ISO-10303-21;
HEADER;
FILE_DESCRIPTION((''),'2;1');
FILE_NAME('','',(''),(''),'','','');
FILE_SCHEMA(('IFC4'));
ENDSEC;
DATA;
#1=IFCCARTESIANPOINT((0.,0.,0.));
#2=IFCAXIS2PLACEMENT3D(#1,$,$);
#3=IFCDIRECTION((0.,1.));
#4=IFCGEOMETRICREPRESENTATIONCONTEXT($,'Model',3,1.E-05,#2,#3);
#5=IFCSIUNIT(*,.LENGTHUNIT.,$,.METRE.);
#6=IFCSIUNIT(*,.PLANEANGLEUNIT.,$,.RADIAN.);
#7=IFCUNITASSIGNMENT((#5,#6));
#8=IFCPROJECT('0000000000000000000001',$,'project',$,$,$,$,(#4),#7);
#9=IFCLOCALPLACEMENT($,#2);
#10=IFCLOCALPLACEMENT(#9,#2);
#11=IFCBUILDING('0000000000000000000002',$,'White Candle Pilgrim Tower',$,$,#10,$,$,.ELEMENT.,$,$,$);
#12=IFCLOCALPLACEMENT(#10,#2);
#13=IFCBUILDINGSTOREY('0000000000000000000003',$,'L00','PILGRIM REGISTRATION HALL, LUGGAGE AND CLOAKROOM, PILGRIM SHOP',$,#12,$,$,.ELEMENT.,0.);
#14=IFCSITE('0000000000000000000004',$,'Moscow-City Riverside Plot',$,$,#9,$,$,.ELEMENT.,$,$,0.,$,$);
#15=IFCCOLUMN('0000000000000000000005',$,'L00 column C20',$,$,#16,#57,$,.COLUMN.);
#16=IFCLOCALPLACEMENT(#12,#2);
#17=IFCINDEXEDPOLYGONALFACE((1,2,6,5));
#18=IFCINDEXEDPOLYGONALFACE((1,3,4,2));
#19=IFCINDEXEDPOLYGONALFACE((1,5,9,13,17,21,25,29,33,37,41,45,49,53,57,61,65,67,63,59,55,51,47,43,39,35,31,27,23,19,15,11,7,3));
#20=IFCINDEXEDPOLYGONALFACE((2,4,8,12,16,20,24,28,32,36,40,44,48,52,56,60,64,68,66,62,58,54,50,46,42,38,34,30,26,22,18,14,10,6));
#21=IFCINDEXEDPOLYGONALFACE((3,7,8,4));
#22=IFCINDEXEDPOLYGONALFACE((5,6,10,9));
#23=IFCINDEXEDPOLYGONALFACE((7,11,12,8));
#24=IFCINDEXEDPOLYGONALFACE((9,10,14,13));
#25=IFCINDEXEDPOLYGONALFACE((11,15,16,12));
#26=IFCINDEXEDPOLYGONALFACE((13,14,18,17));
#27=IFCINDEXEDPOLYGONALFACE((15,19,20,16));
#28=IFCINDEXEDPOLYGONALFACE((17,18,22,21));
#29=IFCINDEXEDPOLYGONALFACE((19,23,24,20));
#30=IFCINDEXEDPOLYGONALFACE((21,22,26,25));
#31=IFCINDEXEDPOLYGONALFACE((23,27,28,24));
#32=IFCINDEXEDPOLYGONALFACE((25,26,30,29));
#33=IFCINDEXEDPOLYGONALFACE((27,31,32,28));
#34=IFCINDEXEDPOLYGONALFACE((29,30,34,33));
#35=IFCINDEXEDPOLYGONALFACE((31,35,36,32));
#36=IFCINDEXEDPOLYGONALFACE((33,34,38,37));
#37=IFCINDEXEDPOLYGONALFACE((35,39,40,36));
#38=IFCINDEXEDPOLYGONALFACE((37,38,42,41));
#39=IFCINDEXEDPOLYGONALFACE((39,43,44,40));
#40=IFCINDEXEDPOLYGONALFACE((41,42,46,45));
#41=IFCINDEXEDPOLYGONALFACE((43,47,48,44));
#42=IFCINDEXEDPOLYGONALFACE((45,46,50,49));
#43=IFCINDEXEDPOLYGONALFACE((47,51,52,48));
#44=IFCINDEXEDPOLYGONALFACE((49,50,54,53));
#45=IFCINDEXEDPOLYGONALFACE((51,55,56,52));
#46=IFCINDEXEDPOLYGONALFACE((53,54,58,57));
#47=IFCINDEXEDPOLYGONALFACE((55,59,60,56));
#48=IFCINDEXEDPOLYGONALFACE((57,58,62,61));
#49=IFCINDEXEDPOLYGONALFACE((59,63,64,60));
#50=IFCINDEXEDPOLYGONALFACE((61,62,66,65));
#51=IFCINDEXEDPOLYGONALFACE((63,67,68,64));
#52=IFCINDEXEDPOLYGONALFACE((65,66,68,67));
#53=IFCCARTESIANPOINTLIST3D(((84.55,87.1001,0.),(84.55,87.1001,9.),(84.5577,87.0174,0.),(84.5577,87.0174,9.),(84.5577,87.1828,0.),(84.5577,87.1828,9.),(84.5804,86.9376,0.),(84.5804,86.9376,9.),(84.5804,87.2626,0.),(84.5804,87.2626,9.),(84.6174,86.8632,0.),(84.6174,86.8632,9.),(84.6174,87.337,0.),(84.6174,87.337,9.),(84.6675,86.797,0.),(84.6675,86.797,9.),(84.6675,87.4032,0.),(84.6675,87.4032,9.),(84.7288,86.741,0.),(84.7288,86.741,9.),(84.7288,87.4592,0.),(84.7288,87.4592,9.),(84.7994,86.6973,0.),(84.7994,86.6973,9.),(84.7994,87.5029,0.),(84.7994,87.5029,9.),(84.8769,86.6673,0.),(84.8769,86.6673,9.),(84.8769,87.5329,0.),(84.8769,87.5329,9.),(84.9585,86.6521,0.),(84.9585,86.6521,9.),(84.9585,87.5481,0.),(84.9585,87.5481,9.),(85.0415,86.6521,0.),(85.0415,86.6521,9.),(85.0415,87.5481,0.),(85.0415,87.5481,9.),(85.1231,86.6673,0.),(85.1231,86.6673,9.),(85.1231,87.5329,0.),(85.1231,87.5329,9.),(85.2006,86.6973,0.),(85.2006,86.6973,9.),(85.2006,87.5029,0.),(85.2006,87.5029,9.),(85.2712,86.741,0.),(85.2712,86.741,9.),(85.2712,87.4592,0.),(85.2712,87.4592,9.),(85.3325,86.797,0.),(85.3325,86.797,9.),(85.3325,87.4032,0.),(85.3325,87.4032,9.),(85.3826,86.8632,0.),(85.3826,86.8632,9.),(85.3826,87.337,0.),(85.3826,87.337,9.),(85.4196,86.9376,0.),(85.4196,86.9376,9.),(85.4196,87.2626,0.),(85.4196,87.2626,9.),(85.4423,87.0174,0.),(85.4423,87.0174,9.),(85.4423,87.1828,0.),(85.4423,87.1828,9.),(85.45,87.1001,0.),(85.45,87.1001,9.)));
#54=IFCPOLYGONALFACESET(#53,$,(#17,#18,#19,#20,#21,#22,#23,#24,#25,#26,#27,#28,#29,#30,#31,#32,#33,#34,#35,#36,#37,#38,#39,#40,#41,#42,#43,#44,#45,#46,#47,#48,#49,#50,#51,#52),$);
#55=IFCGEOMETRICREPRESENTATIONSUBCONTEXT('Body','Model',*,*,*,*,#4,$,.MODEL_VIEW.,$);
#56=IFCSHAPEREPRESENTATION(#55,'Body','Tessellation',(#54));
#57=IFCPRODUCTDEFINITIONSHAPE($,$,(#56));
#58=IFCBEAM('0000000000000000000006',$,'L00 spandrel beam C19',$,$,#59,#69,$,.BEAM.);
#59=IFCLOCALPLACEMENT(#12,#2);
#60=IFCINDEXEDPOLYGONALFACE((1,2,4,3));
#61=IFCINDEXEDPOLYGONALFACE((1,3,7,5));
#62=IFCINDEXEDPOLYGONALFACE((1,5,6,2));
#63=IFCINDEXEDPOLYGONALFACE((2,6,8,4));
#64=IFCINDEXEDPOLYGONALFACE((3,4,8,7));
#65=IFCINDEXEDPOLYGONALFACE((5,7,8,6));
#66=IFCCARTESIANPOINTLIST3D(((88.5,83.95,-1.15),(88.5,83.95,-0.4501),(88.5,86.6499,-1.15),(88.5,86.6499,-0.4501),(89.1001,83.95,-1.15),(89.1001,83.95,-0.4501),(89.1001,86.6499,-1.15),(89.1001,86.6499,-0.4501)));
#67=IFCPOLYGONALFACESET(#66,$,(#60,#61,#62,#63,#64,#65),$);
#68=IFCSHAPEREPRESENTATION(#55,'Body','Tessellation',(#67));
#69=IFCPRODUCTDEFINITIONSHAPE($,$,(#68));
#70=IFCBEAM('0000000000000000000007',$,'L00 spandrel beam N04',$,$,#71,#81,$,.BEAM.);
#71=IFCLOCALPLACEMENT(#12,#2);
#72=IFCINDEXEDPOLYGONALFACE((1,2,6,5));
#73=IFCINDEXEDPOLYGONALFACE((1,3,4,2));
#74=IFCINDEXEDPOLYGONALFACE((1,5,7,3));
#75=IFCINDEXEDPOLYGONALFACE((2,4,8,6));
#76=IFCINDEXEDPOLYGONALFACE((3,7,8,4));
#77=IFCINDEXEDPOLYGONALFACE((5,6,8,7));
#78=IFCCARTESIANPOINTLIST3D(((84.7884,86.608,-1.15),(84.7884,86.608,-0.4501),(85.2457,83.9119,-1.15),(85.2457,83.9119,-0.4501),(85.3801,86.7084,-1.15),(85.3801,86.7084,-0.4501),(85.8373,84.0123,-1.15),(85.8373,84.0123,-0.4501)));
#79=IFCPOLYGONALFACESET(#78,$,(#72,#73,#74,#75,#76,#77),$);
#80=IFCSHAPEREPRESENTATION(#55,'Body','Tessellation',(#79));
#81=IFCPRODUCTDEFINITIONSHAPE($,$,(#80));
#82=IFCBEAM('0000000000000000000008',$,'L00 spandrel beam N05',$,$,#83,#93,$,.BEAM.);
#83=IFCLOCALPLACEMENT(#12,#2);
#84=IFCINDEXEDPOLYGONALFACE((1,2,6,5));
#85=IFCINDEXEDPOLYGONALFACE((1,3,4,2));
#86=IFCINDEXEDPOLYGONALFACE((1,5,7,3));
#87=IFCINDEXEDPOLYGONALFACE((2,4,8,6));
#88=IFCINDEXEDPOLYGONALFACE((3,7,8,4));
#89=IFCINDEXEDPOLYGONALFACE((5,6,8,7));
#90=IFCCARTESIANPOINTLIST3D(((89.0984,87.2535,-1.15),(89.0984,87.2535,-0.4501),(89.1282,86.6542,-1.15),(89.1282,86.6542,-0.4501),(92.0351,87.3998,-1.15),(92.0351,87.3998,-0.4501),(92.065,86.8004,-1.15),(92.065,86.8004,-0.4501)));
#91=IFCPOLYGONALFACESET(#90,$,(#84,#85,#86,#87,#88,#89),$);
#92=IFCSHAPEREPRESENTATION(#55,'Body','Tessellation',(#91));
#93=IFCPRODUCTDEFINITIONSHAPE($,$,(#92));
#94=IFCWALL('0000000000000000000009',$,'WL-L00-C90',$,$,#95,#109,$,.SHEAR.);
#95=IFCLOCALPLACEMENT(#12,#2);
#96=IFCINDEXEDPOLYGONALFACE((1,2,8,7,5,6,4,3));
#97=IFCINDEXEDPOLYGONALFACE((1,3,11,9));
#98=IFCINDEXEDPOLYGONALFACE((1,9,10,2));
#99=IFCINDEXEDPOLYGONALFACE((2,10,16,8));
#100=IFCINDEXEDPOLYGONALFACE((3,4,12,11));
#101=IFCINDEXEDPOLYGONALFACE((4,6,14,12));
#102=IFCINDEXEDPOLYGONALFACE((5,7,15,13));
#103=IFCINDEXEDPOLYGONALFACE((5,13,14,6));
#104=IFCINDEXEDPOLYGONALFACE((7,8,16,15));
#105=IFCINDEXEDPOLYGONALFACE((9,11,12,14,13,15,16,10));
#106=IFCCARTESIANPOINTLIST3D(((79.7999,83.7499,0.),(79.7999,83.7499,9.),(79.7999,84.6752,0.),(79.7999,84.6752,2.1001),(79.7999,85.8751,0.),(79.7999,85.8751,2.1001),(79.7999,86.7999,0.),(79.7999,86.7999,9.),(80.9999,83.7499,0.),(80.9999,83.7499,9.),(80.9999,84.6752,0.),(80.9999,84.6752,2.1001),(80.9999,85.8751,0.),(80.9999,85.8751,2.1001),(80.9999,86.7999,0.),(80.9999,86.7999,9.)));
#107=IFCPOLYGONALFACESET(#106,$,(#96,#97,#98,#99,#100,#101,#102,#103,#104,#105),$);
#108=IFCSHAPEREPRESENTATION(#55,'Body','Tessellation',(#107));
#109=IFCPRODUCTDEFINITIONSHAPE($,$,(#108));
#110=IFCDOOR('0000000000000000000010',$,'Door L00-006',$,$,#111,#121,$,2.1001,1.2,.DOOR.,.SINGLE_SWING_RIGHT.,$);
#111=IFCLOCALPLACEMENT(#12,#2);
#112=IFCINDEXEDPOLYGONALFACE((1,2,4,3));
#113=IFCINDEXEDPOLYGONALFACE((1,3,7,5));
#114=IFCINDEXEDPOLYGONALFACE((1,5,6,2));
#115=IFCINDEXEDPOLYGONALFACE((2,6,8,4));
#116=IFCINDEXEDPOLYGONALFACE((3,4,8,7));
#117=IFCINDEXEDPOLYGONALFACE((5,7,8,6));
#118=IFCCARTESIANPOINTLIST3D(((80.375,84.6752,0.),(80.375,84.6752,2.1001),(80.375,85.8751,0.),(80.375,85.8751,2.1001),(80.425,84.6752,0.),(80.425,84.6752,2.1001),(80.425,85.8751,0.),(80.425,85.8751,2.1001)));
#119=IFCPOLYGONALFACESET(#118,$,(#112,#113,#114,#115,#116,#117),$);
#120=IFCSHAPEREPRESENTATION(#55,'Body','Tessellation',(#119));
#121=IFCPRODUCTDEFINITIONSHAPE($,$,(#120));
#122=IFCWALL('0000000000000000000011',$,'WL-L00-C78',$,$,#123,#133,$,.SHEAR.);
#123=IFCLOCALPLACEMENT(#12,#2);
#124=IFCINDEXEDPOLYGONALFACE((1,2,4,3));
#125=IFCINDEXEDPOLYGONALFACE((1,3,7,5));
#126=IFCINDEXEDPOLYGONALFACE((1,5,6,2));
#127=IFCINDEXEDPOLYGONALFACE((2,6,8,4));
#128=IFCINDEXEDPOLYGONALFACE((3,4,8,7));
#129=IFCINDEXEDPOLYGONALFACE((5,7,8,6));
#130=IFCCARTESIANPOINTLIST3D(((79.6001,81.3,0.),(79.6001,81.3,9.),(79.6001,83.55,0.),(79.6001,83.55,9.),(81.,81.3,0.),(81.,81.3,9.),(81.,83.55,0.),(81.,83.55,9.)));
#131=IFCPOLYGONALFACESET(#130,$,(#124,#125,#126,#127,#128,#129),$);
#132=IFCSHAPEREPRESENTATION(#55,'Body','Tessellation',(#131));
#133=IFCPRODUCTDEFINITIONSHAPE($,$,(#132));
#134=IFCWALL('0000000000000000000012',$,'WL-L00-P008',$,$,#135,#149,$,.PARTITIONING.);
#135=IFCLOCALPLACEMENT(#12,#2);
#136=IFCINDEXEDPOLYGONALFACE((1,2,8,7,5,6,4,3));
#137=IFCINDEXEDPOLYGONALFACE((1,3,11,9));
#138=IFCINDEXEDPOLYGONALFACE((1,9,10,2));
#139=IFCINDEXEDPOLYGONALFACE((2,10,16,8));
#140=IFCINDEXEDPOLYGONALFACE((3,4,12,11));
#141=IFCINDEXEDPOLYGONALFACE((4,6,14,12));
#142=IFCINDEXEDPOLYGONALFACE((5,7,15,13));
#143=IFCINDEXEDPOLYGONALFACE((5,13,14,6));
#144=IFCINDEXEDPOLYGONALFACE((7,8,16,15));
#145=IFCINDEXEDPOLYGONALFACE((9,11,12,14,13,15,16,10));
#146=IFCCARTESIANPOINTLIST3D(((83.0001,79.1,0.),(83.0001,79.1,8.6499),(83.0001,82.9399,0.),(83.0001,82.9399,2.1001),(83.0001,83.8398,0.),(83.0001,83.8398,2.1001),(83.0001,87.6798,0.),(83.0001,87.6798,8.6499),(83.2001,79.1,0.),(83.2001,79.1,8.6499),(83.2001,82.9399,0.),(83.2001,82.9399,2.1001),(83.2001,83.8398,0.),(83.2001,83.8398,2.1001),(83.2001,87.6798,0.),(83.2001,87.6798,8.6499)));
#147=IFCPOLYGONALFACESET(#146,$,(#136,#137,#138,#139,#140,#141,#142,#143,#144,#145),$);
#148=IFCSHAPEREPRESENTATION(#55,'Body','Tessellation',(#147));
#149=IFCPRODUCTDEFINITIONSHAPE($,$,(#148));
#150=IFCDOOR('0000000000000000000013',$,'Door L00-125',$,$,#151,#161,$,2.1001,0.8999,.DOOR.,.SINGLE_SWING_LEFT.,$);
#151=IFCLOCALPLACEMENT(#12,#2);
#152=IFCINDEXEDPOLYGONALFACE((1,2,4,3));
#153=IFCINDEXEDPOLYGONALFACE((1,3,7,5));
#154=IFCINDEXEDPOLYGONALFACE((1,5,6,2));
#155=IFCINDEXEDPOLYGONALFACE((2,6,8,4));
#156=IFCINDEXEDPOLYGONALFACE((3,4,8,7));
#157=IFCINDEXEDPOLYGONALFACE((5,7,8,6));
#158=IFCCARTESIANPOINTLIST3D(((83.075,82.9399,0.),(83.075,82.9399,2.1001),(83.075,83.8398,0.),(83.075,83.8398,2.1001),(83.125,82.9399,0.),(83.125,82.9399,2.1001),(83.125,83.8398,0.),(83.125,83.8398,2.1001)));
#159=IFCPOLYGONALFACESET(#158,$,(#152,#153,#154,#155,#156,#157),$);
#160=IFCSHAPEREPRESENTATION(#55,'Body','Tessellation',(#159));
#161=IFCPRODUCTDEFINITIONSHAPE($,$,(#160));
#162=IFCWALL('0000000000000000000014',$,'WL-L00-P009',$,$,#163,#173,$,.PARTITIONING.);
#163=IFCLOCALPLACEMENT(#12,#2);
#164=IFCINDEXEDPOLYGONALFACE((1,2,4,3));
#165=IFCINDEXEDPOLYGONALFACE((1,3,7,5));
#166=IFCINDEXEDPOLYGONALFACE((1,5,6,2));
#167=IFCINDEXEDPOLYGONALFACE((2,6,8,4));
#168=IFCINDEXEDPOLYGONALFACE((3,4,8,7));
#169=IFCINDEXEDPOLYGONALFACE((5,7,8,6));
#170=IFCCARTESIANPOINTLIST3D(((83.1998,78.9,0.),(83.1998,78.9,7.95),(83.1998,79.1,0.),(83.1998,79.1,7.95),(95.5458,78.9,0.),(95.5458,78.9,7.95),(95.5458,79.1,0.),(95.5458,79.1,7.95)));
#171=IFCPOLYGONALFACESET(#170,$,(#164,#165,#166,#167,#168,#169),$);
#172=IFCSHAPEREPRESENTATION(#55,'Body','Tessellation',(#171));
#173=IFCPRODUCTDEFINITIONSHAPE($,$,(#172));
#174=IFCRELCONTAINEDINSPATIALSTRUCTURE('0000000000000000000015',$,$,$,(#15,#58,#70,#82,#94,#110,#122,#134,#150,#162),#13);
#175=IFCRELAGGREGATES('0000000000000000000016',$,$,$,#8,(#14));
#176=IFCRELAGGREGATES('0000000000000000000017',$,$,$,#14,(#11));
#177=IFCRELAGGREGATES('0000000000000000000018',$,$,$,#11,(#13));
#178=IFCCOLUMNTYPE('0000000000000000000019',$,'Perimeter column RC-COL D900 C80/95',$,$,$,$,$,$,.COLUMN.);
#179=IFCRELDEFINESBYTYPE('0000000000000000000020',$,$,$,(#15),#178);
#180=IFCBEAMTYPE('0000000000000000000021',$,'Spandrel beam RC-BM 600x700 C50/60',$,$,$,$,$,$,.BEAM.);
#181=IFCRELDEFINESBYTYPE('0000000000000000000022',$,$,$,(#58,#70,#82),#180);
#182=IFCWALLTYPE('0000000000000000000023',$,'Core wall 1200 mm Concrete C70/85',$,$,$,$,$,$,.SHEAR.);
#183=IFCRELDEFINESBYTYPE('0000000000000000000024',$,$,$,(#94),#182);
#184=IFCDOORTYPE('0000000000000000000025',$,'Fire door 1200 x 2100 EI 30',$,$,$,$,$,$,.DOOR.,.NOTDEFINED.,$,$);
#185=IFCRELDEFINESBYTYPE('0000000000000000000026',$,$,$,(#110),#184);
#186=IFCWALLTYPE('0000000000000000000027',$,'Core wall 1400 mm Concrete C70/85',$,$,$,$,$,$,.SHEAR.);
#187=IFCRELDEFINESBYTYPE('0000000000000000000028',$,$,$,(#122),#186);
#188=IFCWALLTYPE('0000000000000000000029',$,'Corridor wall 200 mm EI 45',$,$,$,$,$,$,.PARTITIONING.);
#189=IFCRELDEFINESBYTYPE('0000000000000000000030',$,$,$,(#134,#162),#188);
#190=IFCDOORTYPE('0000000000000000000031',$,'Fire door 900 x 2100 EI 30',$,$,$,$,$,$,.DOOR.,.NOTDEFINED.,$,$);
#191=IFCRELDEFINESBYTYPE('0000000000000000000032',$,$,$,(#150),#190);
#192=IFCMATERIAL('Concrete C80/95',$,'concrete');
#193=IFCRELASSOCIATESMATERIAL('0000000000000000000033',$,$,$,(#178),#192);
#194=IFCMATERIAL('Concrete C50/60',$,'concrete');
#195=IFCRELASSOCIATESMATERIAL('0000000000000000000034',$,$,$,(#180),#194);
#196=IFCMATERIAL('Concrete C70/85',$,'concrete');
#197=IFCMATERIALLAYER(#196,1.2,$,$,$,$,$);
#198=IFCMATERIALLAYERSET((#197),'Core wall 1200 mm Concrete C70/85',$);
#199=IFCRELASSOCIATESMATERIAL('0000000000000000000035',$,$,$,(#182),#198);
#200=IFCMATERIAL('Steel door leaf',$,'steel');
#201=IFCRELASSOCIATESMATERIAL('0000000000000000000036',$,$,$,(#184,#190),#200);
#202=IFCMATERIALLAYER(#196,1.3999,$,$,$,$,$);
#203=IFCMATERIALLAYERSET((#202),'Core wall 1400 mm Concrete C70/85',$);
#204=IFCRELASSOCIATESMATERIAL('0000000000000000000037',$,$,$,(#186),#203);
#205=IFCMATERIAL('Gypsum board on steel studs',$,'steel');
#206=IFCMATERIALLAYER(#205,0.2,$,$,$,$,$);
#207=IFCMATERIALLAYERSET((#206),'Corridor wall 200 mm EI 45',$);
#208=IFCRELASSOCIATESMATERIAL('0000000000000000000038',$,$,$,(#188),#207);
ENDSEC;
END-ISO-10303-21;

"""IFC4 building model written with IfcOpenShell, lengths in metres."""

from ifc_helpers import new_model, si_unit, direction, frame, frame_2d, origin, origin_2d, place, context, subcontext, project, spatial, rectangle, circle, extrude, material, layer, layer_set, material_profile, profile_set, type_object, element, fill, save


model = new_model("IFC4")

# Units and contexts
model_context = context("Model", 3, precision=1e-05, world=origin(), true_north=direction((0.0, 1.0)))
body_context = subcontext(model_context, "Body", "Model", "MODEL_VIEW")
ifc_project = project(units=[si_unit("LENGTHUNIT", "METRE"), si_unit("PLANEANGLEUNIT", "RADIAN")], contexts=[model_context])

# Site, building, storey
site_placement = place(None, origin())
site = spatial("IfcSite", under=ifc_project, at=site_placement, Name="Moscow-City Riverside Plot", CompositionType="ELEMENT", RefElevation=0.0)
building_placement = place(site_placement, origin())
building = spatial("IfcBuilding", under=site, at=building_placement, Name="White Candle Pilgrim Tower", CompositionType="ELEMENT")
storey_placement = place(building_placement, origin())
storey = spatial("IfcBuildingStorey", under=building, at=storey_placement, Name="L00", Description="PILGRIM REGISTRATION HALL, LUGGAGE AND CLOAKROOM, PILGRIM SHOP", CompositionType="ELEMENT", Elevation=0.0)

# Column
ifc_material_1 = material(Name="Concrete C80/95", Category="concrete")
ifc_material_profile_1 = material_profile(ifc_material_1, circle(Radius=0.45, at=origin_2d()), Name="RC-COL D900")
ifc_profile_set_1 = profile_set([ifc_material_profile_1], Name="Concrete C80/95")
column_type = type_object("IfcColumnType", Name="Perimeter column RC-COL D900 C80/95", PredefinedType="COLUMN", material=ifc_profile_set_1)
for number, where, z_axis, x_axis, name in (
    (1, (85.0, 87.1001, 0.0), (0.0, 0.0, 1.0), (1.0, 0.0, 0.0), "L00 column C20"),
):
    element("IfcColumn", number, at=place(storey_placement, frame(where, z_axis=z_axis, x_axis=x_axis)), inside=storey, type_object=column_type, Name=name, PredefinedType="COLUMN", context=body_context, shape_type="SweptSolid", body=[
        extrude(circle(Radius=0.45, at=origin_2d()), origin(), (0.0, 0.0, 1.0), 9.0),
    ])

# Beams
ifc_material_2 = material(Name="Concrete C50/60", Category="concrete")
ifc_material_profile_2 = material_profile(ifc_material_2, rectangle(XDim=0.6001, YDim=0.7, at=origin_2d()), Name="RC-BM 600x700")
ifc_profile_set_2 = profile_set([ifc_material_profile_2], Name="Concrete C50/60")
beam_type = type_object("IfcBeamType", Name="Spandrel beam RC-BM 600x700 C50/60", PredefinedType="BEAM", material=ifc_profile_set_2)
beam_1_placement = place(storey_placement, frame((88.8, 86.6499, -0.8), z_axis=(0.0, -1.0, 0.0), x_axis=(1.0, 0.0, 0.0)))
element("IfcBeam", 2, at=beam_1_placement, inside=storey, type_object=beam_type, Name="L00 spandrel beam C19", PredefinedType="BEAM", context=body_context, shape_type="SweptSolid", body=[
    extrude(rectangle(XDim=0.6001, YDim=0.7, at=origin_2d()), origin(), (0.0, 0.0, 1.0), 2.7),
])
beam_2_placement = place(storey_placement, frame((85.0842, 86.6582, -0.8), z_axis=(0.167221, -0.985919, 0.0), x_axis=(0.985919, 0.167221, 0.0)))
element("IfcBeam", 3, at=beam_2_placement, inside=storey, type_object=beam_type, Name="L00 spandrel beam N04", PredefinedType="BEAM", context=body_context, shape_type="SweptSolid", body=[
    extrude(rectangle(XDim=0.6001, YDim=0.7, at=origin_2d()), origin(), (0.0, 0.0, 1.0), 2.7346),
])
beam_3_placement = place(storey_placement, frame((89.1133, 86.9539, -0.8), z_axis=(0.998762, 0.049735, 0.0), x_axis=(-0.049735, 0.998762, 0.0)))
element("IfcBeam", 4, at=beam_3_placement, inside=storey, type_object=beam_type, Name="L00 spandrel beam N05", PredefinedType="BEAM", context=body_context, shape_type="SweptSolid", body=[
    extrude(rectangle(XDim=0.6001, YDim=0.7, at=origin_2d()), origin(), (0.0, 0.0, 1.0), 2.9404),
])

# Wall, opening, door
ifc_material_3 = material(Name="Concrete C70/85", Category="concrete")
ifc_layer_1 = layer(ifc_material_3, 1.2)
ifc_layer_set_1 = layer_set([ifc_layer_1], Name="Core wall 1200 mm Concrete C70/85")
wall_type_1 = type_object("IfcWallType", Name="Core wall 1200 mm Concrete C70/85", PredefinedType="SHEAR", material=ifc_layer_set_1)
wall_1_placement = place(storey_placement, frame((80.3999, 83.75, 0.0), z_axis=(0.0, 0.0, 1.0), x_axis=(0.0, 1.0, 0.0)))
wall_1 = element("IfcWall", 5, at=wall_1_placement, inside=storey, type_object=wall_type_1, Name="WL-L00-C90", PredefinedType="SHEAR", context=body_context, shape_type="SweptSolid", body=[
    extrude(rectangle(XDim=3.05, YDim=1.2, at=frame_2d((1.5249, 0.0))), origin(), (0.0, 0.0, 1.0), 9.0),
])
opening_1_placement = place(wall_1_placement, frame((0.925, 0.0, 0.0)))
opening_1 = element("IfcOpeningElement", 6, at=opening_1_placement, cuts=wall_1, PredefinedType="OPENING", context=body_context, shape_type="SweptSolid", body=[
    extrude(rectangle(XDim=1.2, YDim=2.1001, at=frame_2d((0.6001, 1.05))), frame((0.0, 0.6099, 0.0), z_axis=(0.0, -1.0, 0.0), x_axis=(1.0, 0.0, 0.0)), (0.0, 0.0, 1.0), 1.22),
])
ifc_material_4 = material(Name="Steel door leaf", Category="steel")
door_type_1 = type_object("IfcDoorType", Name="Fire door 1200 x 2100 EI 30", OperationType="NOTDEFINED", PredefinedType="DOOR", material=ifc_material_4)
door_1_placement = place(opening_1_placement, origin())
door_1 = element("IfcDoor", 7, at=door_1_placement, inside=storey, type_object=door_type_1, Name="Door L00-006", OperationType="SINGLE_SWING_RIGHT", OverallHeight=2.1001, OverallWidth=1.2, PredefinedType="DOOR", context=body_context, shape_type="SweptSolid", body=[
    extrude(rectangle(XDim=1.2, YDim=2.1001, at=frame_2d((0.6001, 1.05))), frame((0.0, 0.0249, 0.0), z_axis=(0.0, -1.0, 0.0), x_axis=(1.0, 0.0, 0.0)), (0.0, 0.0, 1.0), 0.05),
])
fill(opening_1, door_1)

# Wall
ifc_layer_2 = layer(ifc_material_3, 1.3999)
ifc_layer_set_2 = layer_set([ifc_layer_2], Name="Core wall 1400 mm Concrete C70/85")
wall_type_2 = type_object("IfcWallType", Name="Core wall 1400 mm Concrete C70/85", PredefinedType="SHEAR", material=ifc_layer_set_2)
wall_2_placement = place(storey_placement, frame((80.3, 81.3, 0.0), z_axis=(0.0, 0.0, 1.0), x_axis=(0.0, 1.0, 0.0)))
element("IfcWall", 8, at=wall_2_placement, inside=storey, type_object=wall_type_2, Name="WL-L00-C78", PredefinedType="SHEAR", context=body_context, shape_type="SweptSolid", body=[
    extrude(rectangle(XDim=2.25, YDim=1.3999, at=frame_2d((1.125, 0.0))), origin(), (0.0, 0.0, 1.0), 9.0),
])

# Wall, opening, door
ifc_material_5 = material(Name="Gypsum board on steel studs", Category="steel")
ifc_layer_3 = layer(ifc_material_5, 0.2)
ifc_layer_set_3 = layer_set([ifc_layer_3], Name="Corridor wall 200 mm EI 45")
wall_type_3 = type_object("IfcWallType", Name="Corridor wall 200 mm EI 45", PredefinedType="PARTITIONING", material=ifc_layer_set_3)
wall_3_placement = place(storey_placement, frame((83.1001, 87.6799, 0.0), z_axis=(0.0, 0.0, 1.0), x_axis=(0.0, -1.0, 0.0)))
wall_3 = element("IfcWall", 9, at=wall_3_placement, inside=storey, type_object=wall_type_3, Name="WL-L00-P008", PredefinedType="PARTITIONING", context=body_context, shape_type="SweptSolid", body=[
    extrude(rectangle(XDim=8.5798, YDim=0.2, at=frame_2d((4.29, 0.0))), origin(), (0.0, 0.0, 1.0), 8.6499),
])
opening_2_placement = place(wall_3_placement, frame((3.8401, 0.0, 0.0)))
opening_2 = element("IfcOpeningElement", 10, at=opening_2_placement, cuts=wall_3, PredefinedType="OPENING", context=body_context, shape_type="SweptSolid", body=[
    extrude(rectangle(XDim=0.8999, YDim=2.1001, at=frame_2d((0.45, 1.05))), frame((0.0, 0.1099, 0.0), z_axis=(0.0, -1.0, 0.0), x_axis=(1.0, 0.0, 0.0)), (0.0, 0.0, 1.0), 0.22),
])
door_type_2 = type_object("IfcDoorType", Name="Fire door 900 x 2100 EI 30", OperationType="NOTDEFINED", PredefinedType="DOOR", material=ifc_material_4)
door_2_placement = place(opening_2_placement, origin())
door_2 = element("IfcDoor", 11, at=door_2_placement, inside=storey, type_object=door_type_2, Name="Door L00-125", OperationType="SINGLE_SWING_LEFT", OverallHeight=2.1001, OverallWidth=0.8999, PredefinedType="DOOR", context=body_context, shape_type="SweptSolid", body=[
    extrude(rectangle(XDim=0.8999, YDim=2.1001, at=frame_2d((0.45, 1.05))), frame((0.0, 0.0249, 0.0), z_axis=(0.0, -1.0, 0.0), x_axis=(1.0, 0.0, 0.0)), (0.0, 0.0, 1.0), 0.05),
])
fill(opening_2, door_2)

# Wall
wall_4_placement = place(storey_placement, frame((83.2, 79.0, 0.0), z_axis=(0.0, 0.0, 1.0), x_axis=(1.0, 0.0, 0.0)))
element("IfcWall", 12, at=wall_4_placement, inside=storey, type_object=wall_type_3, Name="WL-L00-P009", PredefinedType="PARTITIONING", context=body_context, shape_type="SweptSolid", body=[
    extrude(rectangle(XDim=12.3459, YDim=0.2, at=frame_2d((6.1729, 0.0))), origin(), (0.0, 0.0, 1.0), 7.95),
])

save(model, "model.ifc")
